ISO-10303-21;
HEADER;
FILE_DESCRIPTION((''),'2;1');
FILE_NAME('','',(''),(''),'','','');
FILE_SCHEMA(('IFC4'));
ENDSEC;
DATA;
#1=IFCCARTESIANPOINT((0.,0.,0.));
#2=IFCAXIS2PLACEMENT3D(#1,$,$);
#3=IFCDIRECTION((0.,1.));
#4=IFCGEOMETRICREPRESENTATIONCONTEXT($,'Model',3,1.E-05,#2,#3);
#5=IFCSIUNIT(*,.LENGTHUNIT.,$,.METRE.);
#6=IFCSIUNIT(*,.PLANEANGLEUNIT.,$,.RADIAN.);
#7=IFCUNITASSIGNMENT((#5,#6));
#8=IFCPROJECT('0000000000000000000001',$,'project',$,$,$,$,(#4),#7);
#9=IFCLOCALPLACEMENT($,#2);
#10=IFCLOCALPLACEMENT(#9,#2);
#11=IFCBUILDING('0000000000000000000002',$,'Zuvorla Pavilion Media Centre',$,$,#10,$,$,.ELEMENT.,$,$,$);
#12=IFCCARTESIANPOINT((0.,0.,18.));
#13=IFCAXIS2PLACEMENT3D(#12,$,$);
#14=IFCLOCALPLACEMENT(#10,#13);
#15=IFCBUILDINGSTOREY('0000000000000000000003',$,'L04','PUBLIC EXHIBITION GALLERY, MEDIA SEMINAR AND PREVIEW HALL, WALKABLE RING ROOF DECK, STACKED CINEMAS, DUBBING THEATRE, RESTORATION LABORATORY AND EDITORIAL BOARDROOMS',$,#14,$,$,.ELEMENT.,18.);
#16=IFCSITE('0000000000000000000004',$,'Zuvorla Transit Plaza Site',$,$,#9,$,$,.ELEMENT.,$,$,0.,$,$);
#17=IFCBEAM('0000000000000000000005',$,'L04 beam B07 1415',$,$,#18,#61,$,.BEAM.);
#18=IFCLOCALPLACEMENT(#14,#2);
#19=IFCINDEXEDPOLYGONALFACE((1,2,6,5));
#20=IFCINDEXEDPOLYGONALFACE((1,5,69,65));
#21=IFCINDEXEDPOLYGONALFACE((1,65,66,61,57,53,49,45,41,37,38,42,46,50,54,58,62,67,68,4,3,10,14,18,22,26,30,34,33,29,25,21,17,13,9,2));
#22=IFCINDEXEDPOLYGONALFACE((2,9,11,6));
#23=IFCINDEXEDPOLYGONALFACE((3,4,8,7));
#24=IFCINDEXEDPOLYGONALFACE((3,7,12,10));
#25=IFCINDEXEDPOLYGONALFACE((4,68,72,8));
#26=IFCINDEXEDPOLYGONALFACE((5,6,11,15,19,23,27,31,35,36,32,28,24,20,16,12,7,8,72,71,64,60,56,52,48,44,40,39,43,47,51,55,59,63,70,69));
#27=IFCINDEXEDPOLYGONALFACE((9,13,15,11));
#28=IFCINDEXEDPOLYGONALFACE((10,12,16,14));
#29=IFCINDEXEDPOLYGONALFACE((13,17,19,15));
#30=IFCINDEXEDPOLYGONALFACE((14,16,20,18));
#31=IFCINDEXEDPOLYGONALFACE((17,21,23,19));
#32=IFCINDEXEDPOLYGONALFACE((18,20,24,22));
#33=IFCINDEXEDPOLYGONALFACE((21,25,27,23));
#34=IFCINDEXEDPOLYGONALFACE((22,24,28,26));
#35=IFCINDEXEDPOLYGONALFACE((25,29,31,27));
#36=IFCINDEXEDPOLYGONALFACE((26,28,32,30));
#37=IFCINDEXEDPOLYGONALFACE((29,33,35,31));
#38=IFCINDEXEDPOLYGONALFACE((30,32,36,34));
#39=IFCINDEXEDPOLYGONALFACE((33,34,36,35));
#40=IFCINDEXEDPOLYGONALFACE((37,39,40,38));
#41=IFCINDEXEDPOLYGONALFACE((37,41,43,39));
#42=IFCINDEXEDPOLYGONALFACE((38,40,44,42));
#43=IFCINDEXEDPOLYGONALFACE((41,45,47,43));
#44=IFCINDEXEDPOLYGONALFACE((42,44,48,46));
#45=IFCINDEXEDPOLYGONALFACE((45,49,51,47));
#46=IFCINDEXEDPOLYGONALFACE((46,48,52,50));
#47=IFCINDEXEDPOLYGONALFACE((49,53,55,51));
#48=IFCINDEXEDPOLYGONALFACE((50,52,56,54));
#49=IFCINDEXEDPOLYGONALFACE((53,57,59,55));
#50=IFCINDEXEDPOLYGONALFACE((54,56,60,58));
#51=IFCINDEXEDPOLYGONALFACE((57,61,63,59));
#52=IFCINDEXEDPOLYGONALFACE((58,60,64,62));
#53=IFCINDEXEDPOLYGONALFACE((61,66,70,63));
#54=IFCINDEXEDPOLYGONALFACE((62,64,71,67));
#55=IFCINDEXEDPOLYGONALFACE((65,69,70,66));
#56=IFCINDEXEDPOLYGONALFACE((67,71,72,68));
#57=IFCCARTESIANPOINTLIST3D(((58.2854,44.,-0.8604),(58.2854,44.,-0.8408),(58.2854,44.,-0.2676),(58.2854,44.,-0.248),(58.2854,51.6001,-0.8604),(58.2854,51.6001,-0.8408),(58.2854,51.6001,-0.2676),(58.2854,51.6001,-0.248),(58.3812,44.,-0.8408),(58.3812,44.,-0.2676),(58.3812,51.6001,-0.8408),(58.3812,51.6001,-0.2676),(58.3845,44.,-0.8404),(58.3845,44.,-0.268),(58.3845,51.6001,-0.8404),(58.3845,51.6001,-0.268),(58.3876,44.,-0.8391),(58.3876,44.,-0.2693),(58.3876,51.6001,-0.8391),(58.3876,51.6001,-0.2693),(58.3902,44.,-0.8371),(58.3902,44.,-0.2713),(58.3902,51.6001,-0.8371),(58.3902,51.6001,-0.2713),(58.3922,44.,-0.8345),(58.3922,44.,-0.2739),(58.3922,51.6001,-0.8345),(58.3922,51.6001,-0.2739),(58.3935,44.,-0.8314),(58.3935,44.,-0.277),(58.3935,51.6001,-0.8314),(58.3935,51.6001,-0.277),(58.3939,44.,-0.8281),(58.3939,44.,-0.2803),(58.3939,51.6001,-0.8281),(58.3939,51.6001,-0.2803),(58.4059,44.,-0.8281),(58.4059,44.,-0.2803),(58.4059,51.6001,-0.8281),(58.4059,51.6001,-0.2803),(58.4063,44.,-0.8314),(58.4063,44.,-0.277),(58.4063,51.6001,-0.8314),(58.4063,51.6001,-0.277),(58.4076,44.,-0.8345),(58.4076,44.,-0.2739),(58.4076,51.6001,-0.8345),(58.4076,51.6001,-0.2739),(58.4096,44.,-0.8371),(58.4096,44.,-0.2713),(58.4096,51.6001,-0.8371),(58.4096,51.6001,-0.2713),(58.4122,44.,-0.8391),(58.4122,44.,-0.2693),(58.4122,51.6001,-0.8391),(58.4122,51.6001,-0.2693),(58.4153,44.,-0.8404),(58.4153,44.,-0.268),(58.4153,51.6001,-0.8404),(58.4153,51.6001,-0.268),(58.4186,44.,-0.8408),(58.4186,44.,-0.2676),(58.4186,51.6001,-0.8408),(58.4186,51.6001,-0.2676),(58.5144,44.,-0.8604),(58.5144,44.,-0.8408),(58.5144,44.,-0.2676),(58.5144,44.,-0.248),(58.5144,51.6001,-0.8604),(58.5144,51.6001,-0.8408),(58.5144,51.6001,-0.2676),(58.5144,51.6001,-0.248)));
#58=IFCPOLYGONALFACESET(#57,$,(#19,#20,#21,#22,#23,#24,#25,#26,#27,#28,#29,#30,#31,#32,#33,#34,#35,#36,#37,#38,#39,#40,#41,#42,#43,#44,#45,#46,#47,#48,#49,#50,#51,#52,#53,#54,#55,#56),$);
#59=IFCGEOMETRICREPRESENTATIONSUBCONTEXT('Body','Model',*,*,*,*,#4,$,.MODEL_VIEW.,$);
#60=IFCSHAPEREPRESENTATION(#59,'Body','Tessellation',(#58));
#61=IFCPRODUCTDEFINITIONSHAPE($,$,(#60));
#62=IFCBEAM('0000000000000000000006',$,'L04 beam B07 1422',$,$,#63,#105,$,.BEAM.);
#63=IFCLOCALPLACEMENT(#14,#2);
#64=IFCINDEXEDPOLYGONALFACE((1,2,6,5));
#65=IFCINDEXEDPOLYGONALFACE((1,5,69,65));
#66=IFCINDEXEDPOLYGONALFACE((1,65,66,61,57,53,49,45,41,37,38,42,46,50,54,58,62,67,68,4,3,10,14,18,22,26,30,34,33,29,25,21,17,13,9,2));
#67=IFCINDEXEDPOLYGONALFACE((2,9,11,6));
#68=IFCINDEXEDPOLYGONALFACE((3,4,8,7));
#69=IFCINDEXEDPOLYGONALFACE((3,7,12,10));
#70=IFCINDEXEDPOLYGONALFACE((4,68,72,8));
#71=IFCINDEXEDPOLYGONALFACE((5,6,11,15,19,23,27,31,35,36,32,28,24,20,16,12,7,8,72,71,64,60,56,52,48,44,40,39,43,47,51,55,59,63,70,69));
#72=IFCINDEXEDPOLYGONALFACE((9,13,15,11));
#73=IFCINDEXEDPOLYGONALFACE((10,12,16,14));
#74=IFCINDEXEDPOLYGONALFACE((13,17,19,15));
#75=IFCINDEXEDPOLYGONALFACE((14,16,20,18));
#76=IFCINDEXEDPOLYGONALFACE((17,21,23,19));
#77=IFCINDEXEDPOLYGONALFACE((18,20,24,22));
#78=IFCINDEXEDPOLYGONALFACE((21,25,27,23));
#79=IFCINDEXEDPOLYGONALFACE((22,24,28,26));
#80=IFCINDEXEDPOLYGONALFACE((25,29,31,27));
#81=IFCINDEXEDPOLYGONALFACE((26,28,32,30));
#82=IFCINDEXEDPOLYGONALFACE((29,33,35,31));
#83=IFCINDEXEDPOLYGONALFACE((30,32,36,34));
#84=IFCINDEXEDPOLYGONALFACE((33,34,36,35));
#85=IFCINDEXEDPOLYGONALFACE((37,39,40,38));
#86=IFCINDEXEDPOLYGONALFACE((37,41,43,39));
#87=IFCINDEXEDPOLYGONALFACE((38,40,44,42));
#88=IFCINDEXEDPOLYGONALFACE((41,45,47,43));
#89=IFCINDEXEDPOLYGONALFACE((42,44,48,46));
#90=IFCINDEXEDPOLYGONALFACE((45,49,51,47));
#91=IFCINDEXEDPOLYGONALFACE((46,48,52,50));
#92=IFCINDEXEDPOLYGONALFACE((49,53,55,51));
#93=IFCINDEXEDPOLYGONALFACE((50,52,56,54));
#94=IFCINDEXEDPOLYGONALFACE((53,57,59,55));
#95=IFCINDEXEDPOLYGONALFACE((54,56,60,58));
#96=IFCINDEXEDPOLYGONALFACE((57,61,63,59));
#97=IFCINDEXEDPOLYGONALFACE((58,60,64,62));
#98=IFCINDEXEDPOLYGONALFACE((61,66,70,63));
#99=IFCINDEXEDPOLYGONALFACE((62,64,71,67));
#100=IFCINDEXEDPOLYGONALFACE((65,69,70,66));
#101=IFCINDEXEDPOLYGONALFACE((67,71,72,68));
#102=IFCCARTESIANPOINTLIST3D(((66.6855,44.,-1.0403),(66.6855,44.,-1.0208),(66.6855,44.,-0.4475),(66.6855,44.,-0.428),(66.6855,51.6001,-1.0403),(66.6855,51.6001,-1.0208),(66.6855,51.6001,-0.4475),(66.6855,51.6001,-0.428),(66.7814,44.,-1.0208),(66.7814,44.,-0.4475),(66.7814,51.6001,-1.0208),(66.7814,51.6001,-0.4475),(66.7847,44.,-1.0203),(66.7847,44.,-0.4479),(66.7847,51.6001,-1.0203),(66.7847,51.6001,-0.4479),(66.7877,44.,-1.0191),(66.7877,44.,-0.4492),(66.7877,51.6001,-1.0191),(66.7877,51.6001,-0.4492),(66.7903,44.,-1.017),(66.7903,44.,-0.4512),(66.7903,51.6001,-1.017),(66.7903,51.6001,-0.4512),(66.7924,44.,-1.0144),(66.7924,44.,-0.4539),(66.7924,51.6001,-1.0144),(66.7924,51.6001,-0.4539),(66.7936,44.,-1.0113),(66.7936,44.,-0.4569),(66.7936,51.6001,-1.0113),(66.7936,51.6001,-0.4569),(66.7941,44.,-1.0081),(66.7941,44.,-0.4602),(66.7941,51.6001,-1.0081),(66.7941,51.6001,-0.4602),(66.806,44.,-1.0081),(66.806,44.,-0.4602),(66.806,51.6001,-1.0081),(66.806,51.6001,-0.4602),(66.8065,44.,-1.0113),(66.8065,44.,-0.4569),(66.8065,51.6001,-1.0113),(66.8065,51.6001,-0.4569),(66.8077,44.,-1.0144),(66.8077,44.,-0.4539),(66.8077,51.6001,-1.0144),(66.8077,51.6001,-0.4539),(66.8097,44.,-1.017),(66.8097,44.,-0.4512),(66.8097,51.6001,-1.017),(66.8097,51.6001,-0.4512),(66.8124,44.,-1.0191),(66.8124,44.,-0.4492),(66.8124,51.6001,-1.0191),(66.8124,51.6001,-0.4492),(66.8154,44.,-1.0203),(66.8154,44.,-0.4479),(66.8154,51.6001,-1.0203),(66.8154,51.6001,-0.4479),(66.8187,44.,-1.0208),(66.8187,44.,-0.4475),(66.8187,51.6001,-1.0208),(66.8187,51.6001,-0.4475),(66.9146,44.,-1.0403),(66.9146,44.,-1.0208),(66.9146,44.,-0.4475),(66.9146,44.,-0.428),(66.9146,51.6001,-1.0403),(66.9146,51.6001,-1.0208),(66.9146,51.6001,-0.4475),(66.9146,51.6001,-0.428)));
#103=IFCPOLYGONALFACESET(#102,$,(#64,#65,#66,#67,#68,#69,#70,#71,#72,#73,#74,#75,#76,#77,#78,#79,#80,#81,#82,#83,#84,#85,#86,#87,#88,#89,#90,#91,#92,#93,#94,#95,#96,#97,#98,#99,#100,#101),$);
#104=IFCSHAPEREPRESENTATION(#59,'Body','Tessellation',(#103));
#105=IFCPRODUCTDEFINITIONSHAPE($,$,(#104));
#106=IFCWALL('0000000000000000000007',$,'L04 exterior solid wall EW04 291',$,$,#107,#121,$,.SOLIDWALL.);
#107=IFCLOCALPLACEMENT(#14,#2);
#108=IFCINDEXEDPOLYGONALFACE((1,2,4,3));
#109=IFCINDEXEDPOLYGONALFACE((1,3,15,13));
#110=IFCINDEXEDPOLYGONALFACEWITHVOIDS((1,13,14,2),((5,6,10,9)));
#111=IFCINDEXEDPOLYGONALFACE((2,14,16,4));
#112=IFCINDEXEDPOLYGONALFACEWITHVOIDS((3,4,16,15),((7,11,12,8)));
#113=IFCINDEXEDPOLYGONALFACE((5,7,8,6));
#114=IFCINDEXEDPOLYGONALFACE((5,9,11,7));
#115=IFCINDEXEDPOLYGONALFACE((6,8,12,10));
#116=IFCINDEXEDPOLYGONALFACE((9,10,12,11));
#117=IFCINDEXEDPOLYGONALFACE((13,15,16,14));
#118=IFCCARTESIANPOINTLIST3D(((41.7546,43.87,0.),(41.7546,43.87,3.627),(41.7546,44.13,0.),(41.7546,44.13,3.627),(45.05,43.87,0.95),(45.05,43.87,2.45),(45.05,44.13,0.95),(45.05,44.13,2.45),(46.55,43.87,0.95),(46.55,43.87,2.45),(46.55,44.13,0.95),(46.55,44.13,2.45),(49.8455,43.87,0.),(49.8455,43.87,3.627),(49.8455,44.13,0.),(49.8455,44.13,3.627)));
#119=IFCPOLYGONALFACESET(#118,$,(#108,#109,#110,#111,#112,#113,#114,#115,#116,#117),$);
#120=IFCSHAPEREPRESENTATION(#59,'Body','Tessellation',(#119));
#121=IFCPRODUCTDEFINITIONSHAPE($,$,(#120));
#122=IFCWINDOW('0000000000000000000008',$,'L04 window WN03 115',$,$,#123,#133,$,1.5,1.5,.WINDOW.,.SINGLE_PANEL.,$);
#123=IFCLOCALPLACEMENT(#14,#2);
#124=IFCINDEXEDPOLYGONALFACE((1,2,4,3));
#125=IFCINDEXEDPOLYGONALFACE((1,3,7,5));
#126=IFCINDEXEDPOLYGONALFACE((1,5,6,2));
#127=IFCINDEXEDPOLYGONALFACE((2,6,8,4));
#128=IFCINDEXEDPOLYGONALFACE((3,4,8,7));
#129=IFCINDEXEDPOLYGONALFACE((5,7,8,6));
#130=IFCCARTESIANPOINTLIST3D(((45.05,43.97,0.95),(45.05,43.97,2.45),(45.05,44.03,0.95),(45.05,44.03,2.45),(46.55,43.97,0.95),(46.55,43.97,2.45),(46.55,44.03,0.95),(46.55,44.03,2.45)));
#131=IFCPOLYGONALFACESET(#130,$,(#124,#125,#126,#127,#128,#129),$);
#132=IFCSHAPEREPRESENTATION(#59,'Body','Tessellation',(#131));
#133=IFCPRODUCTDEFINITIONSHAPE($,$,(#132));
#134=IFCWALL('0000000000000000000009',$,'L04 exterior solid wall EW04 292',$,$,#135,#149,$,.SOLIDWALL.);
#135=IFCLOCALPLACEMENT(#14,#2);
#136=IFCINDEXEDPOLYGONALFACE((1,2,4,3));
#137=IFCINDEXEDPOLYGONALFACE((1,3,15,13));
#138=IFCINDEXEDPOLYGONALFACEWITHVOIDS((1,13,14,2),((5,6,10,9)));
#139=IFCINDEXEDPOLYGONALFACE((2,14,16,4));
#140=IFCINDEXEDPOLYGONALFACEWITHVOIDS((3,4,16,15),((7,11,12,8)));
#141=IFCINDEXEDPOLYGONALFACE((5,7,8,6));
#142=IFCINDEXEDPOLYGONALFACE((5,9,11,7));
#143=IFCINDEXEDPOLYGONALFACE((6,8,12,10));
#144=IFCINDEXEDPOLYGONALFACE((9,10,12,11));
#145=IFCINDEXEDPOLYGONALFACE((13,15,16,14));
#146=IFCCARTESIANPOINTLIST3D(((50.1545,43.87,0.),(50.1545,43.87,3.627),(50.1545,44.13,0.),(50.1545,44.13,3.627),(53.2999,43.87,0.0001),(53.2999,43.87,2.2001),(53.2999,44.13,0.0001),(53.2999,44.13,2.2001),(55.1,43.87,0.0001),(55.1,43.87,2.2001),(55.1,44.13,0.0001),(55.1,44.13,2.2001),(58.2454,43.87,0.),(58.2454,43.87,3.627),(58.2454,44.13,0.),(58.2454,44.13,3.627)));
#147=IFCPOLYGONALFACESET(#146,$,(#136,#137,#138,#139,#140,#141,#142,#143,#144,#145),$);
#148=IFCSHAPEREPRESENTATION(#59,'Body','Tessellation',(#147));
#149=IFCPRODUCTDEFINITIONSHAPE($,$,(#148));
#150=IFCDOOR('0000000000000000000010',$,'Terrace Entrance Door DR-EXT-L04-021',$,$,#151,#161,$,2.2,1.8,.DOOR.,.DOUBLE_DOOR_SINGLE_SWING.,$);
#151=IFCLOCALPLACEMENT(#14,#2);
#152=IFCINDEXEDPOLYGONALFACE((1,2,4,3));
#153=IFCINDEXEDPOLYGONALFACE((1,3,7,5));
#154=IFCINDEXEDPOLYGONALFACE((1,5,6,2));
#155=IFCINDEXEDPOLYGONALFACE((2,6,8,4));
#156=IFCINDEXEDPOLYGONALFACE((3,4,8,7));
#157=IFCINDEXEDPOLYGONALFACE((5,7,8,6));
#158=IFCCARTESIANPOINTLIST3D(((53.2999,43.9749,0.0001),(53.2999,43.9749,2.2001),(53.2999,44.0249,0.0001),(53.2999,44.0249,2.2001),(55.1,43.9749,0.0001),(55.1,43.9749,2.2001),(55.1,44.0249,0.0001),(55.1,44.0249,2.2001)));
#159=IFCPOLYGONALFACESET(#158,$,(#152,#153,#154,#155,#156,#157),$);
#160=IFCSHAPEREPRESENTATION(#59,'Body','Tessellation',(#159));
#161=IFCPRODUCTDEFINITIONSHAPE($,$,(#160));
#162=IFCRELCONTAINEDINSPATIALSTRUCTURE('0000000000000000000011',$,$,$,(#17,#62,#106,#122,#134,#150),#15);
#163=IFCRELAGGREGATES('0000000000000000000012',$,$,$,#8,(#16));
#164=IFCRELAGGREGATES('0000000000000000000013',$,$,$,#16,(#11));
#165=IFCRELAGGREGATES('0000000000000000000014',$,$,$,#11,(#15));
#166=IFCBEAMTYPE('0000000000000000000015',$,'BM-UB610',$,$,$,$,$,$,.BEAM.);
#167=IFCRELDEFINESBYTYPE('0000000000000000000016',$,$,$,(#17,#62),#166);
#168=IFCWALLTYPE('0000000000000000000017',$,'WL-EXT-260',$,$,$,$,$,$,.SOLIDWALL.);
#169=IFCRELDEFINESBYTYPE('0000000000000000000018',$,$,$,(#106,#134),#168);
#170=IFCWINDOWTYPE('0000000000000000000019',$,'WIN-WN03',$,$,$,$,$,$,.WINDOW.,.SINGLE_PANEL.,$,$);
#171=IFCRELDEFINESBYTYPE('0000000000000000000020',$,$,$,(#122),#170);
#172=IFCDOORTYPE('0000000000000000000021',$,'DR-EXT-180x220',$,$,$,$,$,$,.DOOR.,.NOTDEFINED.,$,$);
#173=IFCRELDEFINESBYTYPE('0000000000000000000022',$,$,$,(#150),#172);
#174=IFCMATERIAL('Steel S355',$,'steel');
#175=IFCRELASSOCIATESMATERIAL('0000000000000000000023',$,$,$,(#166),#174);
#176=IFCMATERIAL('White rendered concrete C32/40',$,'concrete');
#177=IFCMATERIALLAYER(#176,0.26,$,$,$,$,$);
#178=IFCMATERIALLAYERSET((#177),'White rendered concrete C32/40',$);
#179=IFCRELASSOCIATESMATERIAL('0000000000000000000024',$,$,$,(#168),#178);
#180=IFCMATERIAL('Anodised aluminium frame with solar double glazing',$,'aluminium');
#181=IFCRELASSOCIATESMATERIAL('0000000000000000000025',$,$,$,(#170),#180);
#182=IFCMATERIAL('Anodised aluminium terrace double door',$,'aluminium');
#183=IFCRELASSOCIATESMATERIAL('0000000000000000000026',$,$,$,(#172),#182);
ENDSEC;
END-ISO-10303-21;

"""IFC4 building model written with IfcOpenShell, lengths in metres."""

from ifc_helpers import new_model, si_unit, direction, frame, frame_2d, origin, origin_2d, place, context, subcontext, project, spatial, rectangle, i_section, extrude, material, layer, layer_set, material_profile, profile_set, type_object, element, fill, save


model = new_model("IFC4")

# Units and contexts
model_context = context("Model", 3, precision=1e-05, world=origin(), true_north=direction((0.0, 1.0)))
body_context = subcontext(model_context, "Body", "Model", "MODEL_VIEW")
ifc_project = project(units=[si_unit("LENGTHUNIT", "METRE"), si_unit("PLANEANGLEUNIT", "RADIAN")], contexts=[model_context])

# Site, building, storey
site_placement = place(None, origin())
site = spatial("IfcSite", under=ifc_project, at=site_placement, Name="Zuvorla Transit Plaza Site", CompositionType="ELEMENT", RefElevation=0.0)
building_placement = place(site_placement, origin())
building = spatial("IfcBuilding", under=site, at=building_placement, Name="Zuvorla Pavilion Media Centre", CompositionType="ELEMENT")
storey_placement = place(building_placement, frame((0.0, 0.0, 18.0)))
storey = spatial("IfcBuildingStorey", under=building, at=storey_placement, Name="L04", Description="PUBLIC EXHIBITION GALLERY, MEDIA SEMINAR AND PREVIEW HALL, WALKABLE RING ROOF DECK, STACKED CINEMAS, DUBBING THEATRE, RESTORATION LABORATORY AND EDITORIAL BOARDROOMS", CompositionType="ELEMENT", Elevation=18.0)

# Shared definitions
ifc_material_1 = material(Name="Steel S355", Category="steel")

# Beams
ifc_material_profile_1 = material_profile(ifc_material_1, i_section(OverallWidth=0.229, OverallDepth=0.6123, WebThickness=0.012, FlangeThickness=0.0195, FilletRadius=0.0127, at=origin_2d()), Name="UB 610x229x125")
ifc_profile_set_1 = profile_set([ifc_material_profile_1], Name="Steel S355")
beam_type_1 = type_object("IfcBeamType", Name="BM-UB610", PredefinedType="BEAM", material=ifc_profile_set_1)
for number, where, z_axis, x_axis, name in (
    (1, (58.3999, 44.0, -0.5542), (0.0, 1.0, 0.0), (-1.0, 0.0, 0.0), "L04 beam B07 1415"),
    (2, (66.8, 44.0, -0.7341), (0.0, 1.0, 0.0), (-1.0, 0.0, 0.0), "L04 beam B07 1422"),
):
    element("IfcBeam", number, at=place(storey_placement, frame(where, z_axis=z_axis, x_axis=x_axis)), inside=storey, type_object=beam_type_1, Name=name, PredefinedType="BEAM", context=body_context, shape_type="SweptSolid", body=[
        extrude(i_section(OverallWidth=0.229, OverallDepth=0.6123, WebThickness=0.012, FlangeThickness=0.0195, FilletRadius=0.0127, at=origin_2d()), origin(), (0.0, 0.0, 1.0), 7.6001),
    ])

# Wall, opening, window
ifc_material_2 = material(Name="White rendered concrete C32/40", Category="concrete")
ifc_layer = layer(ifc_material_2, 0.26)
ifc_layer_set = layer_set([ifc_layer], Name="White rendered concrete C32/40")
wall_type = type_object("IfcWallType", Name="WL-EXT-260", PredefinedType="SOLIDWALL", material=ifc_layer_set)
wall_1_placement = place(storey_placement, frame((41.7546, 44.0, 0.0), z_axis=(0.0, 0.0, 1.0), x_axis=(1.0, 0.0, 0.0)))
wall_1 = element("IfcWall", 3, at=wall_1_placement, inside=storey, type_object=wall_type, Name="L04 exterior solid wall EW04 291", PredefinedType="SOLIDWALL", context=body_context, shape_type="SweptSolid", body=[
    extrude(rectangle(XDim=8.0908, YDim=0.26, at=frame_2d((4.0454, 0.0))), origin(), (0.0, 0.0, 1.0), 3.627),
])
opening_1_placement = place(wall_1_placement, frame((3.2954, 0.0, 0.95)))
opening_1 = element("IfcOpeningElement", 4, at=opening_1_placement, cuts=wall_1, PredefinedType="OPENING", context=body_context, shape_type="SweptSolid", body=[
    extrude(rectangle(XDim=1.5, YDim=1.5, at=frame_2d((0.75, 0.75))), frame((0.0, 0.1399, 0.0), z_axis=(0.0, -1.0, 0.0), x_axis=(1.0, 0.0, 0.0)), (0.0, 0.0, 1.0), 0.28),
])
ifc_material_3 = material(Name="Anodised aluminium frame with solar double glazing", Category="aluminium")
window_type_1 = type_object("IfcWindowType", Name="WIN-WN03", PartitioningType="SINGLE_PANEL", PredefinedType="WINDOW", material=ifc_material_3)
window_1_placement = place(opening_1_placement, origin())
window_1 = element("IfcWindow", 5, at=window_1_placement, inside=storey, type_object=window_type_1, Name="L04 window WN03 115", OverallHeight=1.5, OverallWidth=1.5, PartitioningType="SINGLE_PANEL", PredefinedType="WINDOW", context=body_context, shape_type="SweptSolid", body=[
    extrude(rectangle(XDim=1.5, YDim=1.5, at=frame_2d((0.75, 0.75))), frame((0.0, 0.03, 0.0), z_axis=(0.0, -1.0, 0.0), x_axis=(1.0, 0.0, 0.0)), (0.0, 0.0, 1.0), 0.0601),
])
fill(opening_1, window_1)

# Wall, opening, door
wall_2_placement = place(storey_placement, frame((50.1545, 44.0, 0.0), z_axis=(0.0, 0.0, 1.0), x_axis=(1.0, 0.0, 0.0)))
wall_2 = element("IfcWall", 6, at=wall_2_placement, inside=storey, type_object=wall_type, Name="L04 exterior solid wall EW04 292", PredefinedType="SOLIDWALL", context=body_context, shape_type="SweptSolid", body=[
    extrude(rectangle(XDim=8.0908, YDim=0.26, at=frame_2d((4.0454, 0.0))), origin(), (0.0, 0.0, 1.0), 3.627),
])
opening_2_placement = place(wall_2_placement, frame((3.1455, 0.0, 0.0)))
opening_2 = element("IfcOpeningElement", 7, at=opening_2_placement, cuts=wall_2, PredefinedType="OPENING", context=body_context, shape_type="SweptSolid", body=[
    extrude(rectangle(XDim=1.8, YDim=2.2, at=frame_2d((0.8999, 1.1001))), frame((0.0, 0.1399, 0.0), z_axis=(0.0, -1.0, 0.0), x_axis=(1.0, 0.0, 0.0)), (0.0, 0.0, 1.0), 0.28),
])
ifc_material_4 = material(Name="Anodised aluminium terrace double door", Category="aluminium")
door_type_1 = type_object("IfcDoorType", Name="DR-EXT-180x220", OperationType="NOTDEFINED", PredefinedType="DOOR", material=ifc_material_4)
door_1_placement = place(opening_2_placement, origin())
door_1 = element("IfcDoor", 8, at=door_1_placement, inside=storey, type_object=door_type_1, Name="Terrace Entrance Door DR-EXT-L04-021", OperationType="DOUBLE_DOOR_SINGLE_SWING", OverallHeight=2.2, OverallWidth=1.8, PredefinedType="DOOR", context=body_context, shape_type="SweptSolid", body=[
    extrude(rectangle(XDim=1.8, YDim=2.2, at=frame_2d((0.8999, 1.1001))), frame((0.0, 0.0249, 0.0), z_axis=(0.0, -1.0, 0.0), x_axis=(1.0, 0.0, 0.0)), (0.0, 0.0, 1.0), 0.05),
])
fill(opening_2, door_1)

save(model, "model.ifc")
